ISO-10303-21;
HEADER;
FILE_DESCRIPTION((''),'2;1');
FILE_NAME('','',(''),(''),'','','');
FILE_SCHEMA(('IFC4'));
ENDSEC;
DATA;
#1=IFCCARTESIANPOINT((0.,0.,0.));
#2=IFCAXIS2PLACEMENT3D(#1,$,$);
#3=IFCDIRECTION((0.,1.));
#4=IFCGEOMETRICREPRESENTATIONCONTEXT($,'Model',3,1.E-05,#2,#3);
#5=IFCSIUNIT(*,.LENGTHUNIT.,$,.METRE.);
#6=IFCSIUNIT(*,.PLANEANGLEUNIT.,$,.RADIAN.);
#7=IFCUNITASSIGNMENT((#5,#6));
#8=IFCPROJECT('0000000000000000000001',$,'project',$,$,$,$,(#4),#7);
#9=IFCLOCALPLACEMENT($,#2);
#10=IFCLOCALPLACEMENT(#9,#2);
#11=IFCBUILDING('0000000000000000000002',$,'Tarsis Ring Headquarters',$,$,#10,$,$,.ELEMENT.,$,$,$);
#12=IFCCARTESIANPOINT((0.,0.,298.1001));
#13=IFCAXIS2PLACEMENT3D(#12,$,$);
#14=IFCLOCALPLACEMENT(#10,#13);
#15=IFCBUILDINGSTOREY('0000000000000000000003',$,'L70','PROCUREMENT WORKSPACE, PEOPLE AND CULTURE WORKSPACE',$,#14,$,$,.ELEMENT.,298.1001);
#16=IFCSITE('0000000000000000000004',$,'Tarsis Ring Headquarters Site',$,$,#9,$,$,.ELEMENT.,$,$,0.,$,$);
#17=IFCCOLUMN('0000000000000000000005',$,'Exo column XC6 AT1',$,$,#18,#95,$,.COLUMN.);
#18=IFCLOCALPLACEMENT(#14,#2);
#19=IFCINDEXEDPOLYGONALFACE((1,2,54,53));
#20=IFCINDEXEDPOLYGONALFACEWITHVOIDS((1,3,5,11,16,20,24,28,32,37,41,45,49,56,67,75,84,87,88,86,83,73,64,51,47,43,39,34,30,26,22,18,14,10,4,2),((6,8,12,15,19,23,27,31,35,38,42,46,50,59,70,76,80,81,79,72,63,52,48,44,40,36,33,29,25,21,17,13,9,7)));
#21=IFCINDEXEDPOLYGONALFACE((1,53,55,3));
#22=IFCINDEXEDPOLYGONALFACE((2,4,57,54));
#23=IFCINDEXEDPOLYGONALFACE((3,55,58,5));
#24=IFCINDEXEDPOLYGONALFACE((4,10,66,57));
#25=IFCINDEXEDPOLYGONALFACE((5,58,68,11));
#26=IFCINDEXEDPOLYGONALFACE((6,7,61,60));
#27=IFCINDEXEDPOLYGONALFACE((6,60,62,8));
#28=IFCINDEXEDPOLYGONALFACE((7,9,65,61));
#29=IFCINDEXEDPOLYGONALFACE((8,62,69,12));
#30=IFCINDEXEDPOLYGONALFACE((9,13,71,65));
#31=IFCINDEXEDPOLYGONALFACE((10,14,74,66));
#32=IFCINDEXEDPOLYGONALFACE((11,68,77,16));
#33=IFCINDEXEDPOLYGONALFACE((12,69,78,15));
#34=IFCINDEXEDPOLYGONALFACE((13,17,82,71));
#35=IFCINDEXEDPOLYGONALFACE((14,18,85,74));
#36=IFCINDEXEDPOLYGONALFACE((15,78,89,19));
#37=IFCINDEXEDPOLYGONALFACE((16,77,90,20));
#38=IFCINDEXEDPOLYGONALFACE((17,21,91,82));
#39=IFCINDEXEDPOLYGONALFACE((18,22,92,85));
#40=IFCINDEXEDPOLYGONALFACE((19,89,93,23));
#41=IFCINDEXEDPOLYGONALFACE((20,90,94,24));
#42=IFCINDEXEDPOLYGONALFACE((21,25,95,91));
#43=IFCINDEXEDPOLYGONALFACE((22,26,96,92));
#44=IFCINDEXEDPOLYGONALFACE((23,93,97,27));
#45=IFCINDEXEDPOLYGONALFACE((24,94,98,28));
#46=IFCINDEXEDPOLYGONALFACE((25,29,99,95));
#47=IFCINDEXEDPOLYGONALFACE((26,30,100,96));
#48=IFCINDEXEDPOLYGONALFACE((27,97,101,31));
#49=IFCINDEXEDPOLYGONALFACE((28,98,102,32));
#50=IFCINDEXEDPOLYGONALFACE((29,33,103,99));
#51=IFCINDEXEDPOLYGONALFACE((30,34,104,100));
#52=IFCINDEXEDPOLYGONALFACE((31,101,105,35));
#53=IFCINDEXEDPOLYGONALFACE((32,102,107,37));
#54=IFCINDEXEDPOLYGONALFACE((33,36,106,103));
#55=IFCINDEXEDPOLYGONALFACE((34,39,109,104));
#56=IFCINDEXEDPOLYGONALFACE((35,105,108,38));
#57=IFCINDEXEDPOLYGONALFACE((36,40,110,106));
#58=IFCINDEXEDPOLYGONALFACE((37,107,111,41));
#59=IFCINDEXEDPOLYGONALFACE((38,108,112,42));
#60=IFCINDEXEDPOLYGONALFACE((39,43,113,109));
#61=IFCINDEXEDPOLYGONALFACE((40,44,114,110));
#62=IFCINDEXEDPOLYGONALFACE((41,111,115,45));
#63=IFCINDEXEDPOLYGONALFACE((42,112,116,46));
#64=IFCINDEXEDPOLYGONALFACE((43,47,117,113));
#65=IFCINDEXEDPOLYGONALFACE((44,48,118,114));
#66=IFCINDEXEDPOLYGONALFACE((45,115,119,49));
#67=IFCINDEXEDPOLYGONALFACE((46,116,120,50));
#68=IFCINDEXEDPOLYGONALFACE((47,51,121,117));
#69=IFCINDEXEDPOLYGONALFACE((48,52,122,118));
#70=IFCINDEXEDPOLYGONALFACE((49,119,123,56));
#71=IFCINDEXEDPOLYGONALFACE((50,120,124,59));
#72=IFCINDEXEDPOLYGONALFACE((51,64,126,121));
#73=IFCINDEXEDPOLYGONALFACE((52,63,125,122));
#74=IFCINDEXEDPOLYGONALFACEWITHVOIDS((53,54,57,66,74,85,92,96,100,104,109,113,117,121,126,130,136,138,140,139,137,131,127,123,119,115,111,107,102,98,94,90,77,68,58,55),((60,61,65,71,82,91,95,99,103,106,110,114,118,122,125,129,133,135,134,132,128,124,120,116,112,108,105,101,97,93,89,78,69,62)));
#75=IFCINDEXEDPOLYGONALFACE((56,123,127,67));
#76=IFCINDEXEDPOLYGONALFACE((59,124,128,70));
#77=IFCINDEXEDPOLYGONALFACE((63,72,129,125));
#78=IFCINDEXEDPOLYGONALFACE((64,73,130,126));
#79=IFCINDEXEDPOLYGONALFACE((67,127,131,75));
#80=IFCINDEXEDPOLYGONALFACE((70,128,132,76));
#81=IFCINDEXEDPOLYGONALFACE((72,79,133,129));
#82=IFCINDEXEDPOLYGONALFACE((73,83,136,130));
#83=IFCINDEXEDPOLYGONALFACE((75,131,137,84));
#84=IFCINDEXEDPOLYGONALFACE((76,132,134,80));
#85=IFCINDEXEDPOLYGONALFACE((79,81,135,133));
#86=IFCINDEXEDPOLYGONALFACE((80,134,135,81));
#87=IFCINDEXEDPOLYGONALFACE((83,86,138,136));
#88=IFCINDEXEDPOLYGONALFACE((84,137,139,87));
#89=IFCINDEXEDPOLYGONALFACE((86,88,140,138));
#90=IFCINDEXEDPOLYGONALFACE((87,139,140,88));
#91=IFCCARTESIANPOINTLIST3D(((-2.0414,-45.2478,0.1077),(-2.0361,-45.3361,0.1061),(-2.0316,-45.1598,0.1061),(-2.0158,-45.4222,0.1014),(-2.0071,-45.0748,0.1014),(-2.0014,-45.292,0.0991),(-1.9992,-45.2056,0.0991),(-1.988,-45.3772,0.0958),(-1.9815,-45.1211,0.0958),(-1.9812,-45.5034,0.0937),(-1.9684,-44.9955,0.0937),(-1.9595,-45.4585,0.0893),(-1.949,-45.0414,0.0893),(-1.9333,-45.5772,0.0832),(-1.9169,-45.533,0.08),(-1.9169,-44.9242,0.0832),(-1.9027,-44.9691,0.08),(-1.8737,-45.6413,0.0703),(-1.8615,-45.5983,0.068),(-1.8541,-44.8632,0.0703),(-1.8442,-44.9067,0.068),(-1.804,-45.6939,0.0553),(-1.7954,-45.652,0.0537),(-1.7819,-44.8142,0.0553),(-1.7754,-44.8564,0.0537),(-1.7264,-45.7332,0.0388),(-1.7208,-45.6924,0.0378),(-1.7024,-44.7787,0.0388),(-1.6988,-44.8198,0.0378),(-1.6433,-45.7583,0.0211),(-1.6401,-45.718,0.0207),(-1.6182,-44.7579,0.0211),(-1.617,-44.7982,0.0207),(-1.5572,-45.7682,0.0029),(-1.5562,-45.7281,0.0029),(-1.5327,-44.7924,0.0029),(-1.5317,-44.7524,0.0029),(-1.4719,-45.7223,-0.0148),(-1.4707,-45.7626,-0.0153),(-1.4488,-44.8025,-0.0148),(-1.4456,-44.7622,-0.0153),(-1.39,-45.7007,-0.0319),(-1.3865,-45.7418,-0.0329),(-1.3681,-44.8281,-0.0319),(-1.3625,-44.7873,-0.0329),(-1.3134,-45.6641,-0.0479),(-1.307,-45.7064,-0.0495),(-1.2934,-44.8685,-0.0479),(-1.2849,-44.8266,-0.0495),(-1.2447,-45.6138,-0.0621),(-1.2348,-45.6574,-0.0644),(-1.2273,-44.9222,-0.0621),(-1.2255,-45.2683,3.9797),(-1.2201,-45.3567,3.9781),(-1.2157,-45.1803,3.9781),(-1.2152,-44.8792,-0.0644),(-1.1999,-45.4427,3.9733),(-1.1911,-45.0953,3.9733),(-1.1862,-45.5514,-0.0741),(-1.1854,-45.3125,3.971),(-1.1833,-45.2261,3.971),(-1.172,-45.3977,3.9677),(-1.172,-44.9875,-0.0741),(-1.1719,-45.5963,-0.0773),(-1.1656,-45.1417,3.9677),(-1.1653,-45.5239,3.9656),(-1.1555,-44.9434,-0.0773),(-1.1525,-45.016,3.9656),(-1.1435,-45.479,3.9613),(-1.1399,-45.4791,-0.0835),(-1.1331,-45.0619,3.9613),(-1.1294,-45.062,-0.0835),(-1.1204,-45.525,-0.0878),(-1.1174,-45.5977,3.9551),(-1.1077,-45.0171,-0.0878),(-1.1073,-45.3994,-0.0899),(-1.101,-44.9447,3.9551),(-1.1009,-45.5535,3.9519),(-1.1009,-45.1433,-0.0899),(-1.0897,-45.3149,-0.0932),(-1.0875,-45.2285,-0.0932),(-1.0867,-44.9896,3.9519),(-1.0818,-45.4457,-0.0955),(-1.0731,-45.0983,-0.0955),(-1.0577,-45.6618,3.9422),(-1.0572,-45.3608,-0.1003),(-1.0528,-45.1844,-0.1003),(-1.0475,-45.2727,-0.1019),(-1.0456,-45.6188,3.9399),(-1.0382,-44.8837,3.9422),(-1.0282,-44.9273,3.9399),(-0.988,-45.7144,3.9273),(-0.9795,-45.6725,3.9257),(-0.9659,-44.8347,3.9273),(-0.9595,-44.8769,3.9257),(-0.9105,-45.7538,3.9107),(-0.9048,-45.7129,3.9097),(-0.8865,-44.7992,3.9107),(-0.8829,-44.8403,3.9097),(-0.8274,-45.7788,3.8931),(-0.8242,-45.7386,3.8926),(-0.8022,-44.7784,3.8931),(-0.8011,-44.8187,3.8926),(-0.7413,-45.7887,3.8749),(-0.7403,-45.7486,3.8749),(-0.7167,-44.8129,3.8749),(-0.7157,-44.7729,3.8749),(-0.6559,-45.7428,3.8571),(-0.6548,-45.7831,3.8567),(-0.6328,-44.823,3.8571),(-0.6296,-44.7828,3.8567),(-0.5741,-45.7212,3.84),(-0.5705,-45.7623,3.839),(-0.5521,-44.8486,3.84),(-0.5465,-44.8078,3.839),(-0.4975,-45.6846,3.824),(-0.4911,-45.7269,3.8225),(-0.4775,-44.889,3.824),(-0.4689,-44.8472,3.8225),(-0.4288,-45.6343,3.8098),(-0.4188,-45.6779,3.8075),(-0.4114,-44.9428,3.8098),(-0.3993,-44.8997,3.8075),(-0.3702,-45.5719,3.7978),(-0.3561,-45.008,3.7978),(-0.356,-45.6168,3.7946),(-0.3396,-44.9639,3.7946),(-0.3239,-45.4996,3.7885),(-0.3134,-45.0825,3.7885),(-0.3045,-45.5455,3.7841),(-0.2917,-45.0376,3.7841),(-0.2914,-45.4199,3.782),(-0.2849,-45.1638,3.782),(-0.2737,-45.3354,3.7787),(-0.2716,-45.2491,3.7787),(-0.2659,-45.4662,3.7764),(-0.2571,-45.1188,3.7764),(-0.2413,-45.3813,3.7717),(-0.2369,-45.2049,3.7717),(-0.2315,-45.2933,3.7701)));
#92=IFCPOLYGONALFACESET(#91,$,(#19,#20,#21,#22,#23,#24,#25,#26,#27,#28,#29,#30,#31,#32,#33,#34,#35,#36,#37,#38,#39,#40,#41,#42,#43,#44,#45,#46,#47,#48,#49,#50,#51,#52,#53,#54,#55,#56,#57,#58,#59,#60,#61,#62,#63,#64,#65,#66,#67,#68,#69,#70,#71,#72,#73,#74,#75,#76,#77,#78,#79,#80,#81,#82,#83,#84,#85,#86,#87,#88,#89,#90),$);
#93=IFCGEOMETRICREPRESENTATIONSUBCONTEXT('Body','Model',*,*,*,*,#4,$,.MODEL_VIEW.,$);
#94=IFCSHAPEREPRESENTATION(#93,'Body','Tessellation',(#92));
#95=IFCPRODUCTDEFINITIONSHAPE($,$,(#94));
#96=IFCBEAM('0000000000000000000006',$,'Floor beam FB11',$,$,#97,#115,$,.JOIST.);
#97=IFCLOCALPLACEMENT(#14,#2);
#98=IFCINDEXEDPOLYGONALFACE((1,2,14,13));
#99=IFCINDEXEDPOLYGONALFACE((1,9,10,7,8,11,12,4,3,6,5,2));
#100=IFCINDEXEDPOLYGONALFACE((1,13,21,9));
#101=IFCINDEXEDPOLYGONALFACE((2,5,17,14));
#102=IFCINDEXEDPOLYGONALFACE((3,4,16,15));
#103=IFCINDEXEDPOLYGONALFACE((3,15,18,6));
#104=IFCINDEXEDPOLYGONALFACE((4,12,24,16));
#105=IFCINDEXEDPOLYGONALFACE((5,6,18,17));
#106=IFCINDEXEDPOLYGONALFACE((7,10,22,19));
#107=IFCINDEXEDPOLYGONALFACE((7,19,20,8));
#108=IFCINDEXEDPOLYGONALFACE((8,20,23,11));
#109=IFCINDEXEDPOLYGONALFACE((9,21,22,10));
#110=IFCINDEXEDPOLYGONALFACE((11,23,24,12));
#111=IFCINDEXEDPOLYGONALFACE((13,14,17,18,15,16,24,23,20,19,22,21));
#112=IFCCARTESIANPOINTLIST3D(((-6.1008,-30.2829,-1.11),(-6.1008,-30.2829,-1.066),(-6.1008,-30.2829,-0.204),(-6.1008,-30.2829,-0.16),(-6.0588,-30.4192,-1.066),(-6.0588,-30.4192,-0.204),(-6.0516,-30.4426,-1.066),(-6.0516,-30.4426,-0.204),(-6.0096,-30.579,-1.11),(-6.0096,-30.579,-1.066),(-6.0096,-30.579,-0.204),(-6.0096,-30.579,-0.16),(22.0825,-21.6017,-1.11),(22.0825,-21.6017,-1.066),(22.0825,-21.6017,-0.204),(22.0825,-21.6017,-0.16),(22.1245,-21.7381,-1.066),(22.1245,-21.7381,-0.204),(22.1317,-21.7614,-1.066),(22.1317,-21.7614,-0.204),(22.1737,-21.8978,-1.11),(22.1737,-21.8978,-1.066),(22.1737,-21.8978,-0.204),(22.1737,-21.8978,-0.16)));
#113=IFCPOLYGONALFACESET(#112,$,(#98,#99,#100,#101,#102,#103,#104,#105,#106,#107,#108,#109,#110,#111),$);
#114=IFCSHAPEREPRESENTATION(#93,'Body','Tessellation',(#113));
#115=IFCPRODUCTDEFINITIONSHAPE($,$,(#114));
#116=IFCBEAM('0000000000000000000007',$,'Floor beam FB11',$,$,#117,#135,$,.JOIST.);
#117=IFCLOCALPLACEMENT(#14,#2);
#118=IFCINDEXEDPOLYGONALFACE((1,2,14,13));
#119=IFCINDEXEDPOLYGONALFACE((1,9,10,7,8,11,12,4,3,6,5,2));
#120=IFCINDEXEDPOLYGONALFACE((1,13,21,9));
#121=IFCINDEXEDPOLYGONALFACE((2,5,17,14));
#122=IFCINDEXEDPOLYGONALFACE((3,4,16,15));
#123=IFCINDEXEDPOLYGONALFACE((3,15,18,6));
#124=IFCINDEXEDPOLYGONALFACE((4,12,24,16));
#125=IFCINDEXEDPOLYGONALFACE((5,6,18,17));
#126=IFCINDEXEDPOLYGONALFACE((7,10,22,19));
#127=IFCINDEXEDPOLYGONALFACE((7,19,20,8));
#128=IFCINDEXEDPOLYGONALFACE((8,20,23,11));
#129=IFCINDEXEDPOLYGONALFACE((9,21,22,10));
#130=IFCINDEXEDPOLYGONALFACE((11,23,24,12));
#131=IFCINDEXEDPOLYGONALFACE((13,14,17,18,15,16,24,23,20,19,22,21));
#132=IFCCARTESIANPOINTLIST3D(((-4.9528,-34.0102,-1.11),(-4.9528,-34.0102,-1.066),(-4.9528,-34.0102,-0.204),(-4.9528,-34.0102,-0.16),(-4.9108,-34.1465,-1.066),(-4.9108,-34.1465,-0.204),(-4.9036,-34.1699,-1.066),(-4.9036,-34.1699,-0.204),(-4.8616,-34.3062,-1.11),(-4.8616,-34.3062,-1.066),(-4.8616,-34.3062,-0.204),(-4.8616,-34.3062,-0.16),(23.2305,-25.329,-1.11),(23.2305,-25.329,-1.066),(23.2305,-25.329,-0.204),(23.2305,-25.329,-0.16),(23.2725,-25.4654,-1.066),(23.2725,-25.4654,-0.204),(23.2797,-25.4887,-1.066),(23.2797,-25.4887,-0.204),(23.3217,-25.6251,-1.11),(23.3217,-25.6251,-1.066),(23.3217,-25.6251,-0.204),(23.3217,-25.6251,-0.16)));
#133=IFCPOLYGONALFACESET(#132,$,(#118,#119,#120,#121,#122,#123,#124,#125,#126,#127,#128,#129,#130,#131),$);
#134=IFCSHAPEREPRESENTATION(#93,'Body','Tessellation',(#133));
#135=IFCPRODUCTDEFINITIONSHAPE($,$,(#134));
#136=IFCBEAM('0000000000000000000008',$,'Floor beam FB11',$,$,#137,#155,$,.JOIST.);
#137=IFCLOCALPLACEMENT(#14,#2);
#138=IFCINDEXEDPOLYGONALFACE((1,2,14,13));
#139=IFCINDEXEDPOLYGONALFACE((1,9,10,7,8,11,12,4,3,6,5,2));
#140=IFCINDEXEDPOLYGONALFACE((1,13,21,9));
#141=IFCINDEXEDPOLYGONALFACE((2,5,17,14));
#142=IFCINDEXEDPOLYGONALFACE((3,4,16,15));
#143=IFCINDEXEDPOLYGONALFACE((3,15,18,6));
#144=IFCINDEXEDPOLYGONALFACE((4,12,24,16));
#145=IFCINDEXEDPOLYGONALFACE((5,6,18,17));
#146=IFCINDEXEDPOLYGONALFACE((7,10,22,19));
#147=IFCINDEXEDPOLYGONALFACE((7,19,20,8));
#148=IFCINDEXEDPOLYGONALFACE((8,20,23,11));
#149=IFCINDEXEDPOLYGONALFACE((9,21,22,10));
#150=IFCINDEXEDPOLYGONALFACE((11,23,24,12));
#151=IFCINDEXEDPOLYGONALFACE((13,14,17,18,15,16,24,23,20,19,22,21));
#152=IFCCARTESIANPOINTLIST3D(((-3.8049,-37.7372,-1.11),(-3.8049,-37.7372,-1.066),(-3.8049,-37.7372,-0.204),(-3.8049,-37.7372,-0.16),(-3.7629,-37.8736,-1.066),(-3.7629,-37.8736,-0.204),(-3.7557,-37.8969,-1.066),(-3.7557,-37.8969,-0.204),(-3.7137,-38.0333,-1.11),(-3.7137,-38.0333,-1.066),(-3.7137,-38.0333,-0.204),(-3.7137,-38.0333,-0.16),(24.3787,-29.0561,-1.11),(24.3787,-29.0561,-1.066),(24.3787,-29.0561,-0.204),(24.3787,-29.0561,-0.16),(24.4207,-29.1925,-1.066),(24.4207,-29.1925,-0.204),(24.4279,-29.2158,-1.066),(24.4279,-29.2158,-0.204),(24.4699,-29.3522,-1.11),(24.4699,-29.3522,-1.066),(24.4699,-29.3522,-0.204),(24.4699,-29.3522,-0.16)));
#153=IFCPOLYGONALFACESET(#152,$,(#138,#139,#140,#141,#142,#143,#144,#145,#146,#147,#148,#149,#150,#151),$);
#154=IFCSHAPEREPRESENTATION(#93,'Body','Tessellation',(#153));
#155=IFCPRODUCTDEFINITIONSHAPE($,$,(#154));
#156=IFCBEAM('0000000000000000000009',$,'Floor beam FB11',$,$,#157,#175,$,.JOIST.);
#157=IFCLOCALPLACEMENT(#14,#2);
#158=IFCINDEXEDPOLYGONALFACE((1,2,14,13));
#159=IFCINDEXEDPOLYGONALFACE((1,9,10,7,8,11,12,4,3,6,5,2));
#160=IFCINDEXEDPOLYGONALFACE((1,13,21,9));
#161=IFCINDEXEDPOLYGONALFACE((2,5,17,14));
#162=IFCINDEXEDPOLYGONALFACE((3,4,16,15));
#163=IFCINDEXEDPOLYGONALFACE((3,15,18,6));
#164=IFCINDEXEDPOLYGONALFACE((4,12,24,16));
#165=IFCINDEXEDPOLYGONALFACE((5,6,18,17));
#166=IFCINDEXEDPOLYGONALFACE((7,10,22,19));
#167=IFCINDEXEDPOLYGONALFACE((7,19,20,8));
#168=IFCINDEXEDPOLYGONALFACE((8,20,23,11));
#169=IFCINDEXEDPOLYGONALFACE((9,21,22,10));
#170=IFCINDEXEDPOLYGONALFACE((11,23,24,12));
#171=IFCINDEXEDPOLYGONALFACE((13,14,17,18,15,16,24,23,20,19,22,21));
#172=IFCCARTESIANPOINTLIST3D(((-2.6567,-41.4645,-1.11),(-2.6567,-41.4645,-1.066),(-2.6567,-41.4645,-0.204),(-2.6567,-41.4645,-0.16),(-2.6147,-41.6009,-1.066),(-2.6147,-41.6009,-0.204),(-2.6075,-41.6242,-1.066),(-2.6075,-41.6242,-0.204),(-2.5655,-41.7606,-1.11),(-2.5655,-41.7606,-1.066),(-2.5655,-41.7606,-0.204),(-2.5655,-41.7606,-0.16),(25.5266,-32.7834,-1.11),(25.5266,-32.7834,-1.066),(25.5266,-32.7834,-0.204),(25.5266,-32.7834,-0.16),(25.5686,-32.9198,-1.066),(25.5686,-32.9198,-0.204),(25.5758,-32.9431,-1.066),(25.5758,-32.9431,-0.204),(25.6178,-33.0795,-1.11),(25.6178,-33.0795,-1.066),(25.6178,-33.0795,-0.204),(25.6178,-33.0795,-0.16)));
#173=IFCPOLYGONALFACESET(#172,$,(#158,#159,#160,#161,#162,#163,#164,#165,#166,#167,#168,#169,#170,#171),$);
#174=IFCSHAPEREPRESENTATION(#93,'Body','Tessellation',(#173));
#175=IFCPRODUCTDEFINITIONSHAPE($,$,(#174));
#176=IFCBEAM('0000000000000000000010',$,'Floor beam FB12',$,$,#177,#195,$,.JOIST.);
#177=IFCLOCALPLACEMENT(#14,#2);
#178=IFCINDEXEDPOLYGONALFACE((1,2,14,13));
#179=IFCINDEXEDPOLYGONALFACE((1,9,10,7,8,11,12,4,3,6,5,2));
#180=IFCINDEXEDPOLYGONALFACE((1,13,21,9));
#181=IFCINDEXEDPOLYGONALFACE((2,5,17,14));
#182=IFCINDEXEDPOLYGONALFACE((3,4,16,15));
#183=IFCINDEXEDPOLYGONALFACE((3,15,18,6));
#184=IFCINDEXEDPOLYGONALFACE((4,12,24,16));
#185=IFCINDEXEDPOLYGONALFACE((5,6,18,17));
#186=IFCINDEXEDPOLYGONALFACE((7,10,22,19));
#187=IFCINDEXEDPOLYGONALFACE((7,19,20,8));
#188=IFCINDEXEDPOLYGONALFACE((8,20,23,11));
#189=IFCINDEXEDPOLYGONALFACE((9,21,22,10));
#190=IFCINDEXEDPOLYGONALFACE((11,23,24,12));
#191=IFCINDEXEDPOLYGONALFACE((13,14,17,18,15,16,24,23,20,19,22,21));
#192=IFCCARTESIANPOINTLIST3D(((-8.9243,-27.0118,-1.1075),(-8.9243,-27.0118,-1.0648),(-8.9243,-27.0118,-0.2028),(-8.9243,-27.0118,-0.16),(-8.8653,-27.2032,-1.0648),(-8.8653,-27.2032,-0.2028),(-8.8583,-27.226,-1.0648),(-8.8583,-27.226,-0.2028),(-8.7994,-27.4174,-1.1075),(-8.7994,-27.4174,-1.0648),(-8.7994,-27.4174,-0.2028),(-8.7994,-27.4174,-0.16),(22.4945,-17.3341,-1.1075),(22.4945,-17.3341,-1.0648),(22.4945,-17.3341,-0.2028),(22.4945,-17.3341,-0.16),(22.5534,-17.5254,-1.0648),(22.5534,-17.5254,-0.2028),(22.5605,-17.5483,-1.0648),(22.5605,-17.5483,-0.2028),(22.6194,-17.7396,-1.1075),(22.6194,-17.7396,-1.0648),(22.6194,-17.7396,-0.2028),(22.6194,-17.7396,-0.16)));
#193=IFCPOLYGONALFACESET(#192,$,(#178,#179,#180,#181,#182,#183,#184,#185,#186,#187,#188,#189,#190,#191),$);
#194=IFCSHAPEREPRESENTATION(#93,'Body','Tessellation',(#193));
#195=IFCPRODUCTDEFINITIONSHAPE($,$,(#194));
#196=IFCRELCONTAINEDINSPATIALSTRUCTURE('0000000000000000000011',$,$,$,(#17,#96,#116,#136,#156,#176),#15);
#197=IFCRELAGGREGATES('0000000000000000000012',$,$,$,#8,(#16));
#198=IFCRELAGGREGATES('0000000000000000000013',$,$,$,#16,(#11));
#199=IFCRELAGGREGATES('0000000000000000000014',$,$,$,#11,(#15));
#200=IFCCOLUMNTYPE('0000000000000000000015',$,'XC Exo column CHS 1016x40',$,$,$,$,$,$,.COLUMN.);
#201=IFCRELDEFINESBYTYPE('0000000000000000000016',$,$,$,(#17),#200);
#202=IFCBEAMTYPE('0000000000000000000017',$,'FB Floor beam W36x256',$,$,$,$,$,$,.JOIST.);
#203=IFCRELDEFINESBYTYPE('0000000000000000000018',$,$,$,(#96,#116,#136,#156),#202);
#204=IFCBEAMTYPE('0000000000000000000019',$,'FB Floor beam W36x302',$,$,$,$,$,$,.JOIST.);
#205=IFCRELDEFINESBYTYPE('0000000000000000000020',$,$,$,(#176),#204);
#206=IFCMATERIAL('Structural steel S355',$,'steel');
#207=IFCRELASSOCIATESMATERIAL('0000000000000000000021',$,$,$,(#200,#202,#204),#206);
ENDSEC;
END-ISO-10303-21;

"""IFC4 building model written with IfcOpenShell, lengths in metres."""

from ifc_helpers import new_model, si_unit, direction, frame, origin, origin_2d, place, context, subcontext, project, spatial, hollow_circle, i_section, extrude, material, material_profile, profile_set, type_object, element, save


model = new_model("IFC4")

# Units and contexts
model_context = context("Model", 3, precision=1e-05, world=origin(), true_north=direction((0.0, 1.0)))
body_context = subcontext(model_context, "Body", "Model", "MODEL_VIEW")
ifc_project = project(units=[si_unit("LENGTHUNIT", "METRE"), si_unit("PLANEANGLEUNIT", "RADIAN")], contexts=[model_context])

# Site, building, storey
site_placement = place(None, origin())
site = spatial("IfcSite", under=ifc_project, at=site_placement, Name="Tarsis Ring Headquarters Site", CompositionType="ELEMENT", RefElevation=0.0)
building_placement = place(site_placement, origin())
building = spatial("IfcBuilding", under=site, at=building_placement, Name="Tarsis Ring Headquarters", CompositionType="ELEMENT")
storey_placement = place(building_placement, frame((0.0, 0.0, 298.1001)))
storey = spatial("IfcBuildingStorey", under=building, at=storey_placement, Name="L70", Description="PROCUREMENT WORKSPACE, PEOPLE AND CULTURE WORKSPACE", CompositionType="ELEMENT", Elevation=298.1001)

# Column
ifc_material_1 = material(Name="Structural steel S355", Category="steel")
ifc_material_profile_1 = material_profile(ifc_material_1, hollow_circle(Radius=0.5081, WallThickness=0.04, at=origin_2d()), Name="CHS 1016x40")
ifc_profile_set_1 = profile_set([ifc_material_profile_1], Name="Structural steel S355")
column_type = type_object("IfcColumnType", Name="XC Exo column CHS 1016x40", PredefinedType="COLUMN", material=ifc_profile_set_1)
column_1_placement = place(storey_placement, frame((-1.5444, -45.2603, 0.0029), z_axis=(0.206201, -0.005183, 0.978496), x_axis=(0.025127, 0.999684, 0.0)))
element("IfcColumn", 1, at=column_1_placement, inside=storey, type_object=column_type, Name="Exo column XC6 AT1", PredefinedType="COLUMN", context=body_context, shape_type="SweptSolid", body=[
    extrude(hollow_circle(Radius=0.5081, WallThickness=0.04, at=origin_2d()), origin(), (0.0, 0.0, 1.0), 3.957),
])

# Beams
ifc_material_profile_2 = material_profile(ifc_material_1, i_section(OverallWidth=0.3098, OverallDepth=0.95, WebThickness=0.0244, FlangeThickness=0.0439, at=origin_2d()), Name="W36x256")
ifc_profile_set_2 = profile_set([ifc_material_profile_2], Name="Structural steel S355")
beam_type_1 = type_object("IfcBeamType", Name="FB Floor beam W36x256", PredefinedType="JOIST", material=ifc_profile_set_2)
for number, where, z_axis, x_axis, name in (
    (2, (-6.0552, -30.4309, -0.635), (0.95569, 0.294376, 0.0), (-0.294376, 0.95569, 0.0), "Floor beam FB11"),
    (3, (-4.9072, -34.1582, -0.635), (0.95569, 0.294376, 0.0), (-0.294376, 0.95569, 0.0), "Floor beam FB11"),
):
    element("IfcBeam", number, at=place(storey_placement, frame(where, z_axis=z_axis, x_axis=x_axis)), inside=storey, type_object=beam_type_1, Name=name, PredefinedType="JOIST", context=body_context, shape_type="SweptSolid", body=[
        extrude(i_section(OverallWidth=0.3098, OverallDepth=0.95, WebThickness=0.0244, FlangeThickness=0.0439, at=origin_2d()), origin(), (0.0, 0.0, 1.0), 29.49),
    ])
beam_1_placement = place(storey_placement, frame((-3.7593, -37.8853, -0.635), z_axis=(0.955691, 0.294373, 0.0), x_axis=(-0.294373, 0.955691, 0.0)))
element("IfcBeam", 4, at=beam_1_placement, inside=storey, type_object=beam_type_1, Name="Floor beam FB11", PredefinedType="JOIST", context=body_context, shape_type="SweptSolid", body=[
    extrude(i_section(OverallWidth=0.3098, OverallDepth=0.95, WebThickness=0.0244, FlangeThickness=0.0439, at=origin_2d()), origin(), (0.0, 0.0, 1.0), 29.4902),
])
beam_2_placement = place(storey_placement, frame((-2.6111, -41.6125, -0.635), z_axis=(0.95569, 0.294376, 0.0), x_axis=(-0.294376, 0.95569, 0.0)))
element("IfcBeam", 5, at=beam_2_placement, inside=storey, type_object=beam_type_1, Name="Floor beam FB11", PredefinedType="JOIST", context=body_context, shape_type="SweptSolid", body=[
    extrude(i_section(OverallWidth=0.3098, OverallDepth=0.95, WebThickness=0.0244, FlangeThickness=0.0439, at=origin_2d()), origin(), (0.0, 0.0, 1.0), 29.49),
])
ifc_material_profile_3 = material_profile(ifc_material_1, i_section(OverallWidth=0.4243, OverallDepth=0.9475, WebThickness=0.0239, FlangeThickness=0.0427, at=origin_2d()), Name="W36x302")
ifc_profile_set_3 = profile_set([ifc_material_profile_3], Name="Structural steel S355")
beam_type_2 = type_object("IfcBeamType", Name="FB Floor beam W36x302", PredefinedType="JOIST", material=ifc_profile_set_3)
beam_3_placement = place(storey_placement, frame((-8.8618, -27.2146, -0.6338), z_axis=(0.95569, 0.294376, 0.0), x_axis=(-0.294376, 0.95569, 0.0)))
element("IfcBeam", 6, at=beam_3_placement, inside=storey, type_object=beam_type_2, Name="Floor beam FB12", PredefinedType="JOIST", context=body_context, shape_type="SweptSolid", body=[
    extrude(i_section(OverallWidth=0.4243, OverallDepth=0.9475, WebThickness=0.0239, FlangeThickness=0.0427, at=origin_2d()), origin(), (0.0, 0.0, 1.0), 32.8755),
])

save(model, "model.ifc")
